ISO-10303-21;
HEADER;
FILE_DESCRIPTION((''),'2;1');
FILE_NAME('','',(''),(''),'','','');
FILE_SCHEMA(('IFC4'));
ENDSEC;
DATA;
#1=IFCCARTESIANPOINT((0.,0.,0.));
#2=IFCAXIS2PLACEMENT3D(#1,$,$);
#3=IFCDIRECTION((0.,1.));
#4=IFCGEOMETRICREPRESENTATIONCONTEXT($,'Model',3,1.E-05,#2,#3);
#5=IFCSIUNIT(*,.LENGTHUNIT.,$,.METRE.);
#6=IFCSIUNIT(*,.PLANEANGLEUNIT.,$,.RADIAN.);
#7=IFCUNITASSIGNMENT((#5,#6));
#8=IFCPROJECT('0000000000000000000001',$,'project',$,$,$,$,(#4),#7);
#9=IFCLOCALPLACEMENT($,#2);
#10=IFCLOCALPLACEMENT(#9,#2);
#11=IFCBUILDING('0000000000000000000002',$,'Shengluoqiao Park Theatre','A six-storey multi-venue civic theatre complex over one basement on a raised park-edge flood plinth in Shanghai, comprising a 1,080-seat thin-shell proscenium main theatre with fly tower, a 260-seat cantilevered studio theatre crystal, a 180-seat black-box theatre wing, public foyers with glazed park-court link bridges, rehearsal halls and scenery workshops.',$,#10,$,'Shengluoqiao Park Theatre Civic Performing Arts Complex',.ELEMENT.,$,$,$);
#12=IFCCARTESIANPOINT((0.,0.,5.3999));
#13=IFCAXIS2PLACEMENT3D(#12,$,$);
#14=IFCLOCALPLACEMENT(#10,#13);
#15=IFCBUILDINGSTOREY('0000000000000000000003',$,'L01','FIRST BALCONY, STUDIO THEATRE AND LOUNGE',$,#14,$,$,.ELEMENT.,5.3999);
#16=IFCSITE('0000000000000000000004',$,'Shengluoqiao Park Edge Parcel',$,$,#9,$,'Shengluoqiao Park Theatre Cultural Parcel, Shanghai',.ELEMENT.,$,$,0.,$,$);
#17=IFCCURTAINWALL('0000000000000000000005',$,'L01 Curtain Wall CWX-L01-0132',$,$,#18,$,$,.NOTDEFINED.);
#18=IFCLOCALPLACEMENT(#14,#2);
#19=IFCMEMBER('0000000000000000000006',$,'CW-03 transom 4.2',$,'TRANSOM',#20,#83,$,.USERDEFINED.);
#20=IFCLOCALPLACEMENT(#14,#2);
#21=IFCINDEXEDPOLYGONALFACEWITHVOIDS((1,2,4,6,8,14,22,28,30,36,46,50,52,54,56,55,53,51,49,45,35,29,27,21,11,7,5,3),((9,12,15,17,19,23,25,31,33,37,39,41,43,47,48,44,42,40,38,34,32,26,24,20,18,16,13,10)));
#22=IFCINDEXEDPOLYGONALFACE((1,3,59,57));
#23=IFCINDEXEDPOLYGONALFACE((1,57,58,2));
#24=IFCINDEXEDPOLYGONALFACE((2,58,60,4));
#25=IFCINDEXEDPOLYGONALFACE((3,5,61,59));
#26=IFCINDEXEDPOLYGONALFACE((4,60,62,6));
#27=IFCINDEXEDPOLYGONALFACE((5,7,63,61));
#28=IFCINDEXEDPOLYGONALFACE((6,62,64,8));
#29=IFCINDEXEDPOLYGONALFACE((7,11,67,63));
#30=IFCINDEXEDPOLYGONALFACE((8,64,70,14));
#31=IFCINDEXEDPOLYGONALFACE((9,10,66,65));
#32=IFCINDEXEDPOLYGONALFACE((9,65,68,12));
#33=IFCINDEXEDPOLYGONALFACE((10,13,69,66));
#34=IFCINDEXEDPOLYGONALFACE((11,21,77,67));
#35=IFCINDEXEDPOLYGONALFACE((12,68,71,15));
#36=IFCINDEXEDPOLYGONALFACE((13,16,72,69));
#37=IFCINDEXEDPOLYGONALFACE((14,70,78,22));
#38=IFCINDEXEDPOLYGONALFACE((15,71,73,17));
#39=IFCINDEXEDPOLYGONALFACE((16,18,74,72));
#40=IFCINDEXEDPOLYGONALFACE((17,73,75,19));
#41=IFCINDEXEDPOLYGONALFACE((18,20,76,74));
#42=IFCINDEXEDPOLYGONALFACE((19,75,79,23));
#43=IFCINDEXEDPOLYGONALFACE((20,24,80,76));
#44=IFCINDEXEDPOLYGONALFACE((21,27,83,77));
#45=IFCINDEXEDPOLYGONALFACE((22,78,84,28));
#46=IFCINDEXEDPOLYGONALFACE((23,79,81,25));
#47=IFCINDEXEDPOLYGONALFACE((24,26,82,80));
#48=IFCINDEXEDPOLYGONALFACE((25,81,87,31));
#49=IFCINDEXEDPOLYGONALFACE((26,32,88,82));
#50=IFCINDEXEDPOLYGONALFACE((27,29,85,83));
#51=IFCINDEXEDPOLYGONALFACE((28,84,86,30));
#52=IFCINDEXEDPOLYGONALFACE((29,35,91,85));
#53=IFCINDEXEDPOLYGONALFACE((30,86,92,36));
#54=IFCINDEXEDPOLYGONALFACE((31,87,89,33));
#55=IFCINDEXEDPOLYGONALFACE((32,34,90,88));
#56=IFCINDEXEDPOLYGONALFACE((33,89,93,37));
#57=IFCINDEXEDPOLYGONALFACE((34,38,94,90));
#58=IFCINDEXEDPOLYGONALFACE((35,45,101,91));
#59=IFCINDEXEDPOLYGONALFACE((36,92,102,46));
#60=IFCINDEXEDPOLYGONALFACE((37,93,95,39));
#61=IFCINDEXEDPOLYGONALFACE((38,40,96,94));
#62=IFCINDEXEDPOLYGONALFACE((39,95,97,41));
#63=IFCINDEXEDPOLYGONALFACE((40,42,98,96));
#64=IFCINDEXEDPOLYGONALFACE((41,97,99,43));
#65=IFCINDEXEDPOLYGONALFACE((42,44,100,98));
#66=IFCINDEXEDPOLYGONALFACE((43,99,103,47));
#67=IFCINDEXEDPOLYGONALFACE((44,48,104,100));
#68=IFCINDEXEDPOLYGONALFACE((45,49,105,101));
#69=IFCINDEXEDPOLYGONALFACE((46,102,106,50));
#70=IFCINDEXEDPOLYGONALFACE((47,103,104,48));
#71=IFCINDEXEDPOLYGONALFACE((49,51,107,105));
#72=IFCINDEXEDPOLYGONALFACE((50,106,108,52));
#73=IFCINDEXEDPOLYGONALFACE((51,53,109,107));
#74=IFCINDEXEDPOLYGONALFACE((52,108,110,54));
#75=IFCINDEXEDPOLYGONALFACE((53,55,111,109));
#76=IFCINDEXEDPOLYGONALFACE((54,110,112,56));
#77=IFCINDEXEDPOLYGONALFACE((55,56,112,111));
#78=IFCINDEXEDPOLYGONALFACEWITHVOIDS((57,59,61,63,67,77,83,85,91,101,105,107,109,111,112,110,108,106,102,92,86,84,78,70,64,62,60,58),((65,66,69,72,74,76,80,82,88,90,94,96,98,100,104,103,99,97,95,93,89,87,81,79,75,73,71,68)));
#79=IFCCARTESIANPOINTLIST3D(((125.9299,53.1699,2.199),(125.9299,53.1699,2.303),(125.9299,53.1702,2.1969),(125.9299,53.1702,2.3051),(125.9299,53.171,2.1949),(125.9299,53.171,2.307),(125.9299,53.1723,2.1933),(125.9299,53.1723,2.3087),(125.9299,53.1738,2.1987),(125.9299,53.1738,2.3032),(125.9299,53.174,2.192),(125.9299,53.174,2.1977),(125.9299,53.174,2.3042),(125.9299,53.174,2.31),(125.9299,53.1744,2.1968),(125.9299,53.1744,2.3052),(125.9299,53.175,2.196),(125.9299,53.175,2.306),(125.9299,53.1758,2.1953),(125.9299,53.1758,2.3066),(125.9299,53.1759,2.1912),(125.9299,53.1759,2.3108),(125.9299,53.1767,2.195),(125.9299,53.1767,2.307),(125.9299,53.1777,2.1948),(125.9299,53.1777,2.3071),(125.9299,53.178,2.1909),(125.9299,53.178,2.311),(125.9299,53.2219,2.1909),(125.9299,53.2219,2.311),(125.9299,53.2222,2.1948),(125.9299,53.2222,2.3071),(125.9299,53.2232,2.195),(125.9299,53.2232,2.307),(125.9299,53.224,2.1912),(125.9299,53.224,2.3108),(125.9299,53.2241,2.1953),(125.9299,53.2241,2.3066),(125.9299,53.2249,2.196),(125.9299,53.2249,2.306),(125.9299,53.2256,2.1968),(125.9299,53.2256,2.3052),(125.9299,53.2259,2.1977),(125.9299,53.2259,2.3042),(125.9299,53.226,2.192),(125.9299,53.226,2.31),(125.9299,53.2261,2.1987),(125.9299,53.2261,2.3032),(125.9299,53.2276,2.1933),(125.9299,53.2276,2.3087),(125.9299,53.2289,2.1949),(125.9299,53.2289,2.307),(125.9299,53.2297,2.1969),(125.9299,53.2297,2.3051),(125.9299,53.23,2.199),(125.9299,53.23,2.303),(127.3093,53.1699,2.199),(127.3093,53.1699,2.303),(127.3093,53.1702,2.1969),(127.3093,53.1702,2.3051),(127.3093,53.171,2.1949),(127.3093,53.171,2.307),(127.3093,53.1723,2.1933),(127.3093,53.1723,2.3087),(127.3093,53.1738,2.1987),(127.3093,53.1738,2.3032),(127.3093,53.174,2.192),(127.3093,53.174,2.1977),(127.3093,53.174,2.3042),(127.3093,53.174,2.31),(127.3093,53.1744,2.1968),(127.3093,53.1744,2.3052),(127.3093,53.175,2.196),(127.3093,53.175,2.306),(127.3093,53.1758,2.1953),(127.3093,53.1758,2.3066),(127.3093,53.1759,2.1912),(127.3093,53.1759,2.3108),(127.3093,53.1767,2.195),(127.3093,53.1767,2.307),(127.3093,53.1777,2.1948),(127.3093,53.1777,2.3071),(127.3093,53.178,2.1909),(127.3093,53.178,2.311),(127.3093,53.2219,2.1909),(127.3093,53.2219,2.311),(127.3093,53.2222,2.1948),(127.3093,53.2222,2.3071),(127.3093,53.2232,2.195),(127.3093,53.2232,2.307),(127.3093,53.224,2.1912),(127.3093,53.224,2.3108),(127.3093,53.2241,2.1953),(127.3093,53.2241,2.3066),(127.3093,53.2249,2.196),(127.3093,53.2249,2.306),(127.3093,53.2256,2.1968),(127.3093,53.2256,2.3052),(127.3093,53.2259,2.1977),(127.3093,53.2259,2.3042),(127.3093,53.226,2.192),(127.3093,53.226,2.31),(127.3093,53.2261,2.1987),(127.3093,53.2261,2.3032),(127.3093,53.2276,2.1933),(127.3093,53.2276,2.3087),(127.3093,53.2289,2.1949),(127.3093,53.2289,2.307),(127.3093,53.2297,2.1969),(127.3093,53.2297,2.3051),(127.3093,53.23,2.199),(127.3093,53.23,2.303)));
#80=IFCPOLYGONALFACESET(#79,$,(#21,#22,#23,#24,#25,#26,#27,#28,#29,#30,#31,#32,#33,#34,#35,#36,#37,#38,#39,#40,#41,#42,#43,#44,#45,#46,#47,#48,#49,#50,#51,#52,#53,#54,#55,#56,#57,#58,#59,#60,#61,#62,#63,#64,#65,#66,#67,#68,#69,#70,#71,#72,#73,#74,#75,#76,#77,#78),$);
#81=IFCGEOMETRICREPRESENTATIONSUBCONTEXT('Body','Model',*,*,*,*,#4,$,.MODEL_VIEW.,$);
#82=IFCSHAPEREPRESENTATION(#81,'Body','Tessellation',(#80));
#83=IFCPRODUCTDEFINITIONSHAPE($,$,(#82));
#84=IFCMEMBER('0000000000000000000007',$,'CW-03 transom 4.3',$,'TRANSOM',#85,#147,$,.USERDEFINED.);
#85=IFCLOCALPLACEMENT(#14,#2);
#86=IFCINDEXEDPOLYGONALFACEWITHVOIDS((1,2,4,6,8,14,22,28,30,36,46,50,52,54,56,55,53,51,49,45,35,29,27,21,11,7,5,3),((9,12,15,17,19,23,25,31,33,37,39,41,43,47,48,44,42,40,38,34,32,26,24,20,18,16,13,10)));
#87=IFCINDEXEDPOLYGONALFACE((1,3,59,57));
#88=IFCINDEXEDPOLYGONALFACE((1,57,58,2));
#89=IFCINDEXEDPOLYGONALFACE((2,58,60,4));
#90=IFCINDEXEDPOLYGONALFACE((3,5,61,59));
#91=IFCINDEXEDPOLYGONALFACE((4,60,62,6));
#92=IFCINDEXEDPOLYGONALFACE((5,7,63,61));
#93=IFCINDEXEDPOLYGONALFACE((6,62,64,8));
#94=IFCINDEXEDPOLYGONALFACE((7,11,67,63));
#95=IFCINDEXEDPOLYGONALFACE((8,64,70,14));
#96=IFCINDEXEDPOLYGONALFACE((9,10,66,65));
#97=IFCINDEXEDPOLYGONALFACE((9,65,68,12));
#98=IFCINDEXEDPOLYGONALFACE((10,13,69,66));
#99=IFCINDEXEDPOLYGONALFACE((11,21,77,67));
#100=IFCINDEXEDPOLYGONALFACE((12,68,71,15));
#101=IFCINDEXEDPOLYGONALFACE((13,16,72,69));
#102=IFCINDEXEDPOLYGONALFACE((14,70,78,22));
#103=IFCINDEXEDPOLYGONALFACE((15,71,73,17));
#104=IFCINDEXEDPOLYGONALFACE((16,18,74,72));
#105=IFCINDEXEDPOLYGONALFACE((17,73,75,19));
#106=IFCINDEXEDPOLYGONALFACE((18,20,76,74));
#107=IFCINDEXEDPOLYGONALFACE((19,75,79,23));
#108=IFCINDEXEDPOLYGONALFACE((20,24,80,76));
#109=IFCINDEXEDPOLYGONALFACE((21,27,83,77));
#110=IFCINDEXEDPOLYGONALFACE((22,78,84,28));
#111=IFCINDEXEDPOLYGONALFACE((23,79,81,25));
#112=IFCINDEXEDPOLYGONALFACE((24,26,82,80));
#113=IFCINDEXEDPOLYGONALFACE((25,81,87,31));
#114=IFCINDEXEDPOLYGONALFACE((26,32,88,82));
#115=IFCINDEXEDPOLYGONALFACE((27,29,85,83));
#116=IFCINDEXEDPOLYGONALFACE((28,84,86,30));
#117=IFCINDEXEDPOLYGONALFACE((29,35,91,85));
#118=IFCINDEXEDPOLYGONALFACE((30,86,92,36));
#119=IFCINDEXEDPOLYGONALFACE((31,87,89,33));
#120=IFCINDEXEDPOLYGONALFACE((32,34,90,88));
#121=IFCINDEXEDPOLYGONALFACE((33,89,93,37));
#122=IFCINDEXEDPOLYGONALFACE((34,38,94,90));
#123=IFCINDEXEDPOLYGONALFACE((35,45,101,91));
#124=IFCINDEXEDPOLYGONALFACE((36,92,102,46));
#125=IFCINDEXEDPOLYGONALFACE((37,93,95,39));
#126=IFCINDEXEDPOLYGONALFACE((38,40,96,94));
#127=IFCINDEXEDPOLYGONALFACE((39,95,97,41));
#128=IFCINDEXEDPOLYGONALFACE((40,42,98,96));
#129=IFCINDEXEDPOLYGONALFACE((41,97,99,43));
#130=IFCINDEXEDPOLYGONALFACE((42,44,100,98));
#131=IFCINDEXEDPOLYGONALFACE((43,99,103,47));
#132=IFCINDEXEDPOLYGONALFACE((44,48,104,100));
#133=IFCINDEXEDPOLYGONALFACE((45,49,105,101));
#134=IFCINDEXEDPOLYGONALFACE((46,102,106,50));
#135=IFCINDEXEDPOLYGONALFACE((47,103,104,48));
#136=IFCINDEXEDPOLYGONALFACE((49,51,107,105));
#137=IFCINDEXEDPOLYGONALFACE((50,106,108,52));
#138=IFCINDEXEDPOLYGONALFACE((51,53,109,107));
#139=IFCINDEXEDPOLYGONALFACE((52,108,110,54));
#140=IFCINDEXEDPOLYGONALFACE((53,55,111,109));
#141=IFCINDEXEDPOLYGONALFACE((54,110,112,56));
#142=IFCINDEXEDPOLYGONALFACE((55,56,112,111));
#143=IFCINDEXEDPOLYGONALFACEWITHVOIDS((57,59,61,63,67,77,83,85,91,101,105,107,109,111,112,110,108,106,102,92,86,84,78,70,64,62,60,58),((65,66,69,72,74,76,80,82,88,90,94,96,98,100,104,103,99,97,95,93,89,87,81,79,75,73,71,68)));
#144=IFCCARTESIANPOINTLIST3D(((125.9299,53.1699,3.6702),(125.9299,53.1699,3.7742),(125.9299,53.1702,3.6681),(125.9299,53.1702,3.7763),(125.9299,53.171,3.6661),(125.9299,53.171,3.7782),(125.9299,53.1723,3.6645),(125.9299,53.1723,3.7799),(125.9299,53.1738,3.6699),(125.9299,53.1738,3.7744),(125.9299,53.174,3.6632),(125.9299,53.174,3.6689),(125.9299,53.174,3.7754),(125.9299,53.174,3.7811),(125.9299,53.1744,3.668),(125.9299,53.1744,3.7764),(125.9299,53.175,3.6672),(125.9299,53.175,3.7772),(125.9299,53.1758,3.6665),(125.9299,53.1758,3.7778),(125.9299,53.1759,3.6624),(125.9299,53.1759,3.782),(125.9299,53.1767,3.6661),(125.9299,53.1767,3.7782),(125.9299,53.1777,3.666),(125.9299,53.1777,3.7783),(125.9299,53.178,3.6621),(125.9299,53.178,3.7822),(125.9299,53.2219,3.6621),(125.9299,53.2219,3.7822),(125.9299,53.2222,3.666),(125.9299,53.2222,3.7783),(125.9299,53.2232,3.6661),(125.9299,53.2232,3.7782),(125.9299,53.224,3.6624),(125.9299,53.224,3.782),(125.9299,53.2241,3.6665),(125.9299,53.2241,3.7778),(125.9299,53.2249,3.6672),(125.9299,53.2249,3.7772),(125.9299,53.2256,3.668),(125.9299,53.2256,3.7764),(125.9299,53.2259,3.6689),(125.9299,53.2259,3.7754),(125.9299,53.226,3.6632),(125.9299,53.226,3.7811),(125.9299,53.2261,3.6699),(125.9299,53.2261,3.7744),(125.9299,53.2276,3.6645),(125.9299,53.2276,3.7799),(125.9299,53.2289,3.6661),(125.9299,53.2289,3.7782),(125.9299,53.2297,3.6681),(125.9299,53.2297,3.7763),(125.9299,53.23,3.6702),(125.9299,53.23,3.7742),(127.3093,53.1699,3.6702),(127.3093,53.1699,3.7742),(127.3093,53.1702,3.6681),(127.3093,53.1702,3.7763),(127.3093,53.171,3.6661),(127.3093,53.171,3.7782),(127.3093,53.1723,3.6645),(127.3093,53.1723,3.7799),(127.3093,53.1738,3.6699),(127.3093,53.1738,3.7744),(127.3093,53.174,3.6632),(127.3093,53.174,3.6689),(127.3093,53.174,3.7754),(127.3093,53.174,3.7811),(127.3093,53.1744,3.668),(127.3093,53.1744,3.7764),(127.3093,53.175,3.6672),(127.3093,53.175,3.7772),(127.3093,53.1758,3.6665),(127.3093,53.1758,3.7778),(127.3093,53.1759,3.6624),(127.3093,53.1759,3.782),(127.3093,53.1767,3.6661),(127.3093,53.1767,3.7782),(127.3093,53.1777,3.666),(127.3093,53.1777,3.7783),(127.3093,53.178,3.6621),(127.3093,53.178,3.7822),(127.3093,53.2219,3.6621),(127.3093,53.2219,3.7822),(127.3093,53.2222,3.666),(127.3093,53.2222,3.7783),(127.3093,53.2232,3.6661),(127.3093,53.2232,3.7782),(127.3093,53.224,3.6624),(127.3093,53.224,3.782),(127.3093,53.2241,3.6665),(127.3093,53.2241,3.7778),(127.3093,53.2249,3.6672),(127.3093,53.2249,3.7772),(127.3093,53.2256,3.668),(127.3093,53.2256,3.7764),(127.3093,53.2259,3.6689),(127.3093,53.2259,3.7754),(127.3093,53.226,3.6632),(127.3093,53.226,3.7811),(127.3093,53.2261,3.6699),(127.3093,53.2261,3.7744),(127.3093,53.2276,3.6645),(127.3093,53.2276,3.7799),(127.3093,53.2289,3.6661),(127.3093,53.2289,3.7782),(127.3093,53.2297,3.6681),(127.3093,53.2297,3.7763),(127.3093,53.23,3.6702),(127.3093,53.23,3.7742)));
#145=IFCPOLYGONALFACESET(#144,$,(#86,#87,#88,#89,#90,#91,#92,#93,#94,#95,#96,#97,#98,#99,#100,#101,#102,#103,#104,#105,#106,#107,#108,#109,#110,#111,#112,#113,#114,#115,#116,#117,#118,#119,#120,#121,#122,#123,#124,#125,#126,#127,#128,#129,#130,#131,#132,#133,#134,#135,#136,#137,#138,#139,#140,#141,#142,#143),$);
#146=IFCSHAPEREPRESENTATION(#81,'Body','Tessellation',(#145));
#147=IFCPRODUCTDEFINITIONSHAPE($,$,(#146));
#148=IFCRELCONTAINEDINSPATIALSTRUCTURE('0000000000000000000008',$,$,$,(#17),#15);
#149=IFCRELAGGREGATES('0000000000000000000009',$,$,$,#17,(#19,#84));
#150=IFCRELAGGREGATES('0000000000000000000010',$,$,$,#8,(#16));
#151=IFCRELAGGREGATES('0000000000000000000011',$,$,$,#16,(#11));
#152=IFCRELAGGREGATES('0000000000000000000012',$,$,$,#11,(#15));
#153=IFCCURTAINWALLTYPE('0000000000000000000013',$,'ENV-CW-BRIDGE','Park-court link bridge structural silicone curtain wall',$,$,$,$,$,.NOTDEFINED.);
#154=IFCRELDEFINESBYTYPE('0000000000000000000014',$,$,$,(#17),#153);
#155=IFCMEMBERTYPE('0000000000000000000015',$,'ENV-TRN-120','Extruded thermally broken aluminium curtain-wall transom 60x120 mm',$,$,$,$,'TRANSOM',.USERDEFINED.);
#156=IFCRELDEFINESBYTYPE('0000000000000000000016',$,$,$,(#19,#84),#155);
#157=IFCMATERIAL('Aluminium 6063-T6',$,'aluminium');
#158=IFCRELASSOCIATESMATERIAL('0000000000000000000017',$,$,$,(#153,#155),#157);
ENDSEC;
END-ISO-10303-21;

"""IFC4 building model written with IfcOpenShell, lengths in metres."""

from ifc_helpers import new_model, si_unit, direction, frame, origin, origin_2d, place, context, subcontext, project, spatial, hollow_rectangle, extrude, material, material_profile, profile_set, type_object, element, aggregate, save


model = new_model("IFC4")

# Units and contexts
model_context = context("Model", 3, precision=1e-05, world=origin(), true_north=direction((0.0, 1.0)))
body_context = subcontext(model_context, "Body", "Model", "MODEL_VIEW")
ifc_project = project(units=[si_unit("LENGTHUNIT", "METRE"), si_unit("PLANEANGLEUNIT", "RADIAN")], contexts=[model_context])

# Site, building, storey
site_placement = place(None, origin())
site = spatial("IfcSite", under=ifc_project, at=site_placement, Name="Shengluoqiao Park Edge Parcel", LongName="Shengluoqiao Park Theatre Cultural Parcel, Shanghai", CompositionType="ELEMENT", RefElevation=0.0)
building_placement = place(site_placement, origin())
building = spatial("IfcBuilding", under=site, at=building_placement, Name="Shengluoqiao Park Theatre", Description="A six-storey multi-venue civic theatre complex over one basement on a raised park-edge flood plinth in Shanghai, comprising a 1,080-seat thin-shell proscenium main theatre with fly tower, a 260-seat cantilevered studio theatre crystal, a 180-seat black-box theatre wing, public foyers with glazed park-court link bridges, rehearsal halls and scenery workshops.", LongName="Shengluoqiao Park Theatre Civic Performing Arts Complex", CompositionType="ELEMENT")
storey_placement = place(building_placement, frame((0.0, 0.0, 5.3999)))
storey = spatial("IfcBuildingStorey", under=building, at=storey_placement, Name="L01", Description="FIRST BALCONY, STUDIO THEATRE AND LOUNGE", CompositionType="ELEMENT", Elevation=5.3999)

# Curtain wall, members
ifc_material_1 = material(Name="Aluminium 6063-T6", Category="aluminium")
curtain_wall_type = type_object("IfcCurtainWallType", Name="ENV-CW-BRIDGE", Description="Park-court link bridge structural silicone curtain wall", PredefinedType="NOTDEFINED", material=ifc_material_1)
curtain_wall_placement = place(storey_placement, origin())
curtain_wall = element("IfcCurtainWall", 1, at=curtain_wall_placement, inside=storey, type_object=curtain_wall_type, Name="L01 Curtain Wall CWX-L01-0132", PredefinedType="NOTDEFINED")
ifc_material_profile_1 = material_profile(ifc_material_1, hollow_rectangle(XDim=0.0601, YDim=0.1201, WallThickness=0.0039, InnerFilletRadius=0.0039, OuterFilletRadius=0.0081, at=origin_2d()), Name="ALU TRANSOM 120x60x4")
ifc_profile_set_1 = profile_set([ifc_material_profile_1], Name="Aluminium 6063-T6")
member_type_1 = type_object("IfcMemberType", Name="ENV-TRN-120", Description="Extruded thermally broken aluminium curtain-wall transom 60x120 mm", ElementType="TRANSOM", PredefinedType="USERDEFINED", material=ifc_profile_set_1)
member_1_placement = place(storey_placement, frame((125.9299, 53.2, 2.251), z_axis=(1.0, 0.0, 0.0), x_axis=(0.0, 1.0, 0.0)))
member_1 = element("IfcMember", 2, at=member_1_placement, type_object=member_type_1, Name="CW-03 transom 4.2", ObjectType="TRANSOM", PredefinedType="USERDEFINED", context=body_context, shape_type="SweptSolid", body=[
    extrude(hollow_rectangle(XDim=0.0601, YDim=0.1201, WallThickness=0.0039, InnerFilletRadius=0.0039, OuterFilletRadius=0.0081, at=origin_2d()), origin(), (0.0, 0.0, 1.0), 1.3794),
])
member_2_placement = place(storey_placement, frame((125.9299, 53.2, 3.7222), z_axis=(1.0, 0.0, 0.0), x_axis=(0.0, 1.0, 0.0)))
member_2 = element("IfcMember", 3, at=member_2_placement, type_object=member_type_1, Name="CW-03 transom 4.3", ObjectType="TRANSOM", PredefinedType="USERDEFINED", context=body_context, shape_type="SweptSolid", body=[
    extrude(hollow_rectangle(XDim=0.0601, YDim=0.1201, WallThickness=0.0039, InnerFilletRadius=0.0039, OuterFilletRadius=0.0081, at=origin_2d()), origin(), (0.0, 0.0, 1.0), 1.3794),
])

aggregate(curtain_wall, [member_1, member_2])

save(model, "model.ifc")
